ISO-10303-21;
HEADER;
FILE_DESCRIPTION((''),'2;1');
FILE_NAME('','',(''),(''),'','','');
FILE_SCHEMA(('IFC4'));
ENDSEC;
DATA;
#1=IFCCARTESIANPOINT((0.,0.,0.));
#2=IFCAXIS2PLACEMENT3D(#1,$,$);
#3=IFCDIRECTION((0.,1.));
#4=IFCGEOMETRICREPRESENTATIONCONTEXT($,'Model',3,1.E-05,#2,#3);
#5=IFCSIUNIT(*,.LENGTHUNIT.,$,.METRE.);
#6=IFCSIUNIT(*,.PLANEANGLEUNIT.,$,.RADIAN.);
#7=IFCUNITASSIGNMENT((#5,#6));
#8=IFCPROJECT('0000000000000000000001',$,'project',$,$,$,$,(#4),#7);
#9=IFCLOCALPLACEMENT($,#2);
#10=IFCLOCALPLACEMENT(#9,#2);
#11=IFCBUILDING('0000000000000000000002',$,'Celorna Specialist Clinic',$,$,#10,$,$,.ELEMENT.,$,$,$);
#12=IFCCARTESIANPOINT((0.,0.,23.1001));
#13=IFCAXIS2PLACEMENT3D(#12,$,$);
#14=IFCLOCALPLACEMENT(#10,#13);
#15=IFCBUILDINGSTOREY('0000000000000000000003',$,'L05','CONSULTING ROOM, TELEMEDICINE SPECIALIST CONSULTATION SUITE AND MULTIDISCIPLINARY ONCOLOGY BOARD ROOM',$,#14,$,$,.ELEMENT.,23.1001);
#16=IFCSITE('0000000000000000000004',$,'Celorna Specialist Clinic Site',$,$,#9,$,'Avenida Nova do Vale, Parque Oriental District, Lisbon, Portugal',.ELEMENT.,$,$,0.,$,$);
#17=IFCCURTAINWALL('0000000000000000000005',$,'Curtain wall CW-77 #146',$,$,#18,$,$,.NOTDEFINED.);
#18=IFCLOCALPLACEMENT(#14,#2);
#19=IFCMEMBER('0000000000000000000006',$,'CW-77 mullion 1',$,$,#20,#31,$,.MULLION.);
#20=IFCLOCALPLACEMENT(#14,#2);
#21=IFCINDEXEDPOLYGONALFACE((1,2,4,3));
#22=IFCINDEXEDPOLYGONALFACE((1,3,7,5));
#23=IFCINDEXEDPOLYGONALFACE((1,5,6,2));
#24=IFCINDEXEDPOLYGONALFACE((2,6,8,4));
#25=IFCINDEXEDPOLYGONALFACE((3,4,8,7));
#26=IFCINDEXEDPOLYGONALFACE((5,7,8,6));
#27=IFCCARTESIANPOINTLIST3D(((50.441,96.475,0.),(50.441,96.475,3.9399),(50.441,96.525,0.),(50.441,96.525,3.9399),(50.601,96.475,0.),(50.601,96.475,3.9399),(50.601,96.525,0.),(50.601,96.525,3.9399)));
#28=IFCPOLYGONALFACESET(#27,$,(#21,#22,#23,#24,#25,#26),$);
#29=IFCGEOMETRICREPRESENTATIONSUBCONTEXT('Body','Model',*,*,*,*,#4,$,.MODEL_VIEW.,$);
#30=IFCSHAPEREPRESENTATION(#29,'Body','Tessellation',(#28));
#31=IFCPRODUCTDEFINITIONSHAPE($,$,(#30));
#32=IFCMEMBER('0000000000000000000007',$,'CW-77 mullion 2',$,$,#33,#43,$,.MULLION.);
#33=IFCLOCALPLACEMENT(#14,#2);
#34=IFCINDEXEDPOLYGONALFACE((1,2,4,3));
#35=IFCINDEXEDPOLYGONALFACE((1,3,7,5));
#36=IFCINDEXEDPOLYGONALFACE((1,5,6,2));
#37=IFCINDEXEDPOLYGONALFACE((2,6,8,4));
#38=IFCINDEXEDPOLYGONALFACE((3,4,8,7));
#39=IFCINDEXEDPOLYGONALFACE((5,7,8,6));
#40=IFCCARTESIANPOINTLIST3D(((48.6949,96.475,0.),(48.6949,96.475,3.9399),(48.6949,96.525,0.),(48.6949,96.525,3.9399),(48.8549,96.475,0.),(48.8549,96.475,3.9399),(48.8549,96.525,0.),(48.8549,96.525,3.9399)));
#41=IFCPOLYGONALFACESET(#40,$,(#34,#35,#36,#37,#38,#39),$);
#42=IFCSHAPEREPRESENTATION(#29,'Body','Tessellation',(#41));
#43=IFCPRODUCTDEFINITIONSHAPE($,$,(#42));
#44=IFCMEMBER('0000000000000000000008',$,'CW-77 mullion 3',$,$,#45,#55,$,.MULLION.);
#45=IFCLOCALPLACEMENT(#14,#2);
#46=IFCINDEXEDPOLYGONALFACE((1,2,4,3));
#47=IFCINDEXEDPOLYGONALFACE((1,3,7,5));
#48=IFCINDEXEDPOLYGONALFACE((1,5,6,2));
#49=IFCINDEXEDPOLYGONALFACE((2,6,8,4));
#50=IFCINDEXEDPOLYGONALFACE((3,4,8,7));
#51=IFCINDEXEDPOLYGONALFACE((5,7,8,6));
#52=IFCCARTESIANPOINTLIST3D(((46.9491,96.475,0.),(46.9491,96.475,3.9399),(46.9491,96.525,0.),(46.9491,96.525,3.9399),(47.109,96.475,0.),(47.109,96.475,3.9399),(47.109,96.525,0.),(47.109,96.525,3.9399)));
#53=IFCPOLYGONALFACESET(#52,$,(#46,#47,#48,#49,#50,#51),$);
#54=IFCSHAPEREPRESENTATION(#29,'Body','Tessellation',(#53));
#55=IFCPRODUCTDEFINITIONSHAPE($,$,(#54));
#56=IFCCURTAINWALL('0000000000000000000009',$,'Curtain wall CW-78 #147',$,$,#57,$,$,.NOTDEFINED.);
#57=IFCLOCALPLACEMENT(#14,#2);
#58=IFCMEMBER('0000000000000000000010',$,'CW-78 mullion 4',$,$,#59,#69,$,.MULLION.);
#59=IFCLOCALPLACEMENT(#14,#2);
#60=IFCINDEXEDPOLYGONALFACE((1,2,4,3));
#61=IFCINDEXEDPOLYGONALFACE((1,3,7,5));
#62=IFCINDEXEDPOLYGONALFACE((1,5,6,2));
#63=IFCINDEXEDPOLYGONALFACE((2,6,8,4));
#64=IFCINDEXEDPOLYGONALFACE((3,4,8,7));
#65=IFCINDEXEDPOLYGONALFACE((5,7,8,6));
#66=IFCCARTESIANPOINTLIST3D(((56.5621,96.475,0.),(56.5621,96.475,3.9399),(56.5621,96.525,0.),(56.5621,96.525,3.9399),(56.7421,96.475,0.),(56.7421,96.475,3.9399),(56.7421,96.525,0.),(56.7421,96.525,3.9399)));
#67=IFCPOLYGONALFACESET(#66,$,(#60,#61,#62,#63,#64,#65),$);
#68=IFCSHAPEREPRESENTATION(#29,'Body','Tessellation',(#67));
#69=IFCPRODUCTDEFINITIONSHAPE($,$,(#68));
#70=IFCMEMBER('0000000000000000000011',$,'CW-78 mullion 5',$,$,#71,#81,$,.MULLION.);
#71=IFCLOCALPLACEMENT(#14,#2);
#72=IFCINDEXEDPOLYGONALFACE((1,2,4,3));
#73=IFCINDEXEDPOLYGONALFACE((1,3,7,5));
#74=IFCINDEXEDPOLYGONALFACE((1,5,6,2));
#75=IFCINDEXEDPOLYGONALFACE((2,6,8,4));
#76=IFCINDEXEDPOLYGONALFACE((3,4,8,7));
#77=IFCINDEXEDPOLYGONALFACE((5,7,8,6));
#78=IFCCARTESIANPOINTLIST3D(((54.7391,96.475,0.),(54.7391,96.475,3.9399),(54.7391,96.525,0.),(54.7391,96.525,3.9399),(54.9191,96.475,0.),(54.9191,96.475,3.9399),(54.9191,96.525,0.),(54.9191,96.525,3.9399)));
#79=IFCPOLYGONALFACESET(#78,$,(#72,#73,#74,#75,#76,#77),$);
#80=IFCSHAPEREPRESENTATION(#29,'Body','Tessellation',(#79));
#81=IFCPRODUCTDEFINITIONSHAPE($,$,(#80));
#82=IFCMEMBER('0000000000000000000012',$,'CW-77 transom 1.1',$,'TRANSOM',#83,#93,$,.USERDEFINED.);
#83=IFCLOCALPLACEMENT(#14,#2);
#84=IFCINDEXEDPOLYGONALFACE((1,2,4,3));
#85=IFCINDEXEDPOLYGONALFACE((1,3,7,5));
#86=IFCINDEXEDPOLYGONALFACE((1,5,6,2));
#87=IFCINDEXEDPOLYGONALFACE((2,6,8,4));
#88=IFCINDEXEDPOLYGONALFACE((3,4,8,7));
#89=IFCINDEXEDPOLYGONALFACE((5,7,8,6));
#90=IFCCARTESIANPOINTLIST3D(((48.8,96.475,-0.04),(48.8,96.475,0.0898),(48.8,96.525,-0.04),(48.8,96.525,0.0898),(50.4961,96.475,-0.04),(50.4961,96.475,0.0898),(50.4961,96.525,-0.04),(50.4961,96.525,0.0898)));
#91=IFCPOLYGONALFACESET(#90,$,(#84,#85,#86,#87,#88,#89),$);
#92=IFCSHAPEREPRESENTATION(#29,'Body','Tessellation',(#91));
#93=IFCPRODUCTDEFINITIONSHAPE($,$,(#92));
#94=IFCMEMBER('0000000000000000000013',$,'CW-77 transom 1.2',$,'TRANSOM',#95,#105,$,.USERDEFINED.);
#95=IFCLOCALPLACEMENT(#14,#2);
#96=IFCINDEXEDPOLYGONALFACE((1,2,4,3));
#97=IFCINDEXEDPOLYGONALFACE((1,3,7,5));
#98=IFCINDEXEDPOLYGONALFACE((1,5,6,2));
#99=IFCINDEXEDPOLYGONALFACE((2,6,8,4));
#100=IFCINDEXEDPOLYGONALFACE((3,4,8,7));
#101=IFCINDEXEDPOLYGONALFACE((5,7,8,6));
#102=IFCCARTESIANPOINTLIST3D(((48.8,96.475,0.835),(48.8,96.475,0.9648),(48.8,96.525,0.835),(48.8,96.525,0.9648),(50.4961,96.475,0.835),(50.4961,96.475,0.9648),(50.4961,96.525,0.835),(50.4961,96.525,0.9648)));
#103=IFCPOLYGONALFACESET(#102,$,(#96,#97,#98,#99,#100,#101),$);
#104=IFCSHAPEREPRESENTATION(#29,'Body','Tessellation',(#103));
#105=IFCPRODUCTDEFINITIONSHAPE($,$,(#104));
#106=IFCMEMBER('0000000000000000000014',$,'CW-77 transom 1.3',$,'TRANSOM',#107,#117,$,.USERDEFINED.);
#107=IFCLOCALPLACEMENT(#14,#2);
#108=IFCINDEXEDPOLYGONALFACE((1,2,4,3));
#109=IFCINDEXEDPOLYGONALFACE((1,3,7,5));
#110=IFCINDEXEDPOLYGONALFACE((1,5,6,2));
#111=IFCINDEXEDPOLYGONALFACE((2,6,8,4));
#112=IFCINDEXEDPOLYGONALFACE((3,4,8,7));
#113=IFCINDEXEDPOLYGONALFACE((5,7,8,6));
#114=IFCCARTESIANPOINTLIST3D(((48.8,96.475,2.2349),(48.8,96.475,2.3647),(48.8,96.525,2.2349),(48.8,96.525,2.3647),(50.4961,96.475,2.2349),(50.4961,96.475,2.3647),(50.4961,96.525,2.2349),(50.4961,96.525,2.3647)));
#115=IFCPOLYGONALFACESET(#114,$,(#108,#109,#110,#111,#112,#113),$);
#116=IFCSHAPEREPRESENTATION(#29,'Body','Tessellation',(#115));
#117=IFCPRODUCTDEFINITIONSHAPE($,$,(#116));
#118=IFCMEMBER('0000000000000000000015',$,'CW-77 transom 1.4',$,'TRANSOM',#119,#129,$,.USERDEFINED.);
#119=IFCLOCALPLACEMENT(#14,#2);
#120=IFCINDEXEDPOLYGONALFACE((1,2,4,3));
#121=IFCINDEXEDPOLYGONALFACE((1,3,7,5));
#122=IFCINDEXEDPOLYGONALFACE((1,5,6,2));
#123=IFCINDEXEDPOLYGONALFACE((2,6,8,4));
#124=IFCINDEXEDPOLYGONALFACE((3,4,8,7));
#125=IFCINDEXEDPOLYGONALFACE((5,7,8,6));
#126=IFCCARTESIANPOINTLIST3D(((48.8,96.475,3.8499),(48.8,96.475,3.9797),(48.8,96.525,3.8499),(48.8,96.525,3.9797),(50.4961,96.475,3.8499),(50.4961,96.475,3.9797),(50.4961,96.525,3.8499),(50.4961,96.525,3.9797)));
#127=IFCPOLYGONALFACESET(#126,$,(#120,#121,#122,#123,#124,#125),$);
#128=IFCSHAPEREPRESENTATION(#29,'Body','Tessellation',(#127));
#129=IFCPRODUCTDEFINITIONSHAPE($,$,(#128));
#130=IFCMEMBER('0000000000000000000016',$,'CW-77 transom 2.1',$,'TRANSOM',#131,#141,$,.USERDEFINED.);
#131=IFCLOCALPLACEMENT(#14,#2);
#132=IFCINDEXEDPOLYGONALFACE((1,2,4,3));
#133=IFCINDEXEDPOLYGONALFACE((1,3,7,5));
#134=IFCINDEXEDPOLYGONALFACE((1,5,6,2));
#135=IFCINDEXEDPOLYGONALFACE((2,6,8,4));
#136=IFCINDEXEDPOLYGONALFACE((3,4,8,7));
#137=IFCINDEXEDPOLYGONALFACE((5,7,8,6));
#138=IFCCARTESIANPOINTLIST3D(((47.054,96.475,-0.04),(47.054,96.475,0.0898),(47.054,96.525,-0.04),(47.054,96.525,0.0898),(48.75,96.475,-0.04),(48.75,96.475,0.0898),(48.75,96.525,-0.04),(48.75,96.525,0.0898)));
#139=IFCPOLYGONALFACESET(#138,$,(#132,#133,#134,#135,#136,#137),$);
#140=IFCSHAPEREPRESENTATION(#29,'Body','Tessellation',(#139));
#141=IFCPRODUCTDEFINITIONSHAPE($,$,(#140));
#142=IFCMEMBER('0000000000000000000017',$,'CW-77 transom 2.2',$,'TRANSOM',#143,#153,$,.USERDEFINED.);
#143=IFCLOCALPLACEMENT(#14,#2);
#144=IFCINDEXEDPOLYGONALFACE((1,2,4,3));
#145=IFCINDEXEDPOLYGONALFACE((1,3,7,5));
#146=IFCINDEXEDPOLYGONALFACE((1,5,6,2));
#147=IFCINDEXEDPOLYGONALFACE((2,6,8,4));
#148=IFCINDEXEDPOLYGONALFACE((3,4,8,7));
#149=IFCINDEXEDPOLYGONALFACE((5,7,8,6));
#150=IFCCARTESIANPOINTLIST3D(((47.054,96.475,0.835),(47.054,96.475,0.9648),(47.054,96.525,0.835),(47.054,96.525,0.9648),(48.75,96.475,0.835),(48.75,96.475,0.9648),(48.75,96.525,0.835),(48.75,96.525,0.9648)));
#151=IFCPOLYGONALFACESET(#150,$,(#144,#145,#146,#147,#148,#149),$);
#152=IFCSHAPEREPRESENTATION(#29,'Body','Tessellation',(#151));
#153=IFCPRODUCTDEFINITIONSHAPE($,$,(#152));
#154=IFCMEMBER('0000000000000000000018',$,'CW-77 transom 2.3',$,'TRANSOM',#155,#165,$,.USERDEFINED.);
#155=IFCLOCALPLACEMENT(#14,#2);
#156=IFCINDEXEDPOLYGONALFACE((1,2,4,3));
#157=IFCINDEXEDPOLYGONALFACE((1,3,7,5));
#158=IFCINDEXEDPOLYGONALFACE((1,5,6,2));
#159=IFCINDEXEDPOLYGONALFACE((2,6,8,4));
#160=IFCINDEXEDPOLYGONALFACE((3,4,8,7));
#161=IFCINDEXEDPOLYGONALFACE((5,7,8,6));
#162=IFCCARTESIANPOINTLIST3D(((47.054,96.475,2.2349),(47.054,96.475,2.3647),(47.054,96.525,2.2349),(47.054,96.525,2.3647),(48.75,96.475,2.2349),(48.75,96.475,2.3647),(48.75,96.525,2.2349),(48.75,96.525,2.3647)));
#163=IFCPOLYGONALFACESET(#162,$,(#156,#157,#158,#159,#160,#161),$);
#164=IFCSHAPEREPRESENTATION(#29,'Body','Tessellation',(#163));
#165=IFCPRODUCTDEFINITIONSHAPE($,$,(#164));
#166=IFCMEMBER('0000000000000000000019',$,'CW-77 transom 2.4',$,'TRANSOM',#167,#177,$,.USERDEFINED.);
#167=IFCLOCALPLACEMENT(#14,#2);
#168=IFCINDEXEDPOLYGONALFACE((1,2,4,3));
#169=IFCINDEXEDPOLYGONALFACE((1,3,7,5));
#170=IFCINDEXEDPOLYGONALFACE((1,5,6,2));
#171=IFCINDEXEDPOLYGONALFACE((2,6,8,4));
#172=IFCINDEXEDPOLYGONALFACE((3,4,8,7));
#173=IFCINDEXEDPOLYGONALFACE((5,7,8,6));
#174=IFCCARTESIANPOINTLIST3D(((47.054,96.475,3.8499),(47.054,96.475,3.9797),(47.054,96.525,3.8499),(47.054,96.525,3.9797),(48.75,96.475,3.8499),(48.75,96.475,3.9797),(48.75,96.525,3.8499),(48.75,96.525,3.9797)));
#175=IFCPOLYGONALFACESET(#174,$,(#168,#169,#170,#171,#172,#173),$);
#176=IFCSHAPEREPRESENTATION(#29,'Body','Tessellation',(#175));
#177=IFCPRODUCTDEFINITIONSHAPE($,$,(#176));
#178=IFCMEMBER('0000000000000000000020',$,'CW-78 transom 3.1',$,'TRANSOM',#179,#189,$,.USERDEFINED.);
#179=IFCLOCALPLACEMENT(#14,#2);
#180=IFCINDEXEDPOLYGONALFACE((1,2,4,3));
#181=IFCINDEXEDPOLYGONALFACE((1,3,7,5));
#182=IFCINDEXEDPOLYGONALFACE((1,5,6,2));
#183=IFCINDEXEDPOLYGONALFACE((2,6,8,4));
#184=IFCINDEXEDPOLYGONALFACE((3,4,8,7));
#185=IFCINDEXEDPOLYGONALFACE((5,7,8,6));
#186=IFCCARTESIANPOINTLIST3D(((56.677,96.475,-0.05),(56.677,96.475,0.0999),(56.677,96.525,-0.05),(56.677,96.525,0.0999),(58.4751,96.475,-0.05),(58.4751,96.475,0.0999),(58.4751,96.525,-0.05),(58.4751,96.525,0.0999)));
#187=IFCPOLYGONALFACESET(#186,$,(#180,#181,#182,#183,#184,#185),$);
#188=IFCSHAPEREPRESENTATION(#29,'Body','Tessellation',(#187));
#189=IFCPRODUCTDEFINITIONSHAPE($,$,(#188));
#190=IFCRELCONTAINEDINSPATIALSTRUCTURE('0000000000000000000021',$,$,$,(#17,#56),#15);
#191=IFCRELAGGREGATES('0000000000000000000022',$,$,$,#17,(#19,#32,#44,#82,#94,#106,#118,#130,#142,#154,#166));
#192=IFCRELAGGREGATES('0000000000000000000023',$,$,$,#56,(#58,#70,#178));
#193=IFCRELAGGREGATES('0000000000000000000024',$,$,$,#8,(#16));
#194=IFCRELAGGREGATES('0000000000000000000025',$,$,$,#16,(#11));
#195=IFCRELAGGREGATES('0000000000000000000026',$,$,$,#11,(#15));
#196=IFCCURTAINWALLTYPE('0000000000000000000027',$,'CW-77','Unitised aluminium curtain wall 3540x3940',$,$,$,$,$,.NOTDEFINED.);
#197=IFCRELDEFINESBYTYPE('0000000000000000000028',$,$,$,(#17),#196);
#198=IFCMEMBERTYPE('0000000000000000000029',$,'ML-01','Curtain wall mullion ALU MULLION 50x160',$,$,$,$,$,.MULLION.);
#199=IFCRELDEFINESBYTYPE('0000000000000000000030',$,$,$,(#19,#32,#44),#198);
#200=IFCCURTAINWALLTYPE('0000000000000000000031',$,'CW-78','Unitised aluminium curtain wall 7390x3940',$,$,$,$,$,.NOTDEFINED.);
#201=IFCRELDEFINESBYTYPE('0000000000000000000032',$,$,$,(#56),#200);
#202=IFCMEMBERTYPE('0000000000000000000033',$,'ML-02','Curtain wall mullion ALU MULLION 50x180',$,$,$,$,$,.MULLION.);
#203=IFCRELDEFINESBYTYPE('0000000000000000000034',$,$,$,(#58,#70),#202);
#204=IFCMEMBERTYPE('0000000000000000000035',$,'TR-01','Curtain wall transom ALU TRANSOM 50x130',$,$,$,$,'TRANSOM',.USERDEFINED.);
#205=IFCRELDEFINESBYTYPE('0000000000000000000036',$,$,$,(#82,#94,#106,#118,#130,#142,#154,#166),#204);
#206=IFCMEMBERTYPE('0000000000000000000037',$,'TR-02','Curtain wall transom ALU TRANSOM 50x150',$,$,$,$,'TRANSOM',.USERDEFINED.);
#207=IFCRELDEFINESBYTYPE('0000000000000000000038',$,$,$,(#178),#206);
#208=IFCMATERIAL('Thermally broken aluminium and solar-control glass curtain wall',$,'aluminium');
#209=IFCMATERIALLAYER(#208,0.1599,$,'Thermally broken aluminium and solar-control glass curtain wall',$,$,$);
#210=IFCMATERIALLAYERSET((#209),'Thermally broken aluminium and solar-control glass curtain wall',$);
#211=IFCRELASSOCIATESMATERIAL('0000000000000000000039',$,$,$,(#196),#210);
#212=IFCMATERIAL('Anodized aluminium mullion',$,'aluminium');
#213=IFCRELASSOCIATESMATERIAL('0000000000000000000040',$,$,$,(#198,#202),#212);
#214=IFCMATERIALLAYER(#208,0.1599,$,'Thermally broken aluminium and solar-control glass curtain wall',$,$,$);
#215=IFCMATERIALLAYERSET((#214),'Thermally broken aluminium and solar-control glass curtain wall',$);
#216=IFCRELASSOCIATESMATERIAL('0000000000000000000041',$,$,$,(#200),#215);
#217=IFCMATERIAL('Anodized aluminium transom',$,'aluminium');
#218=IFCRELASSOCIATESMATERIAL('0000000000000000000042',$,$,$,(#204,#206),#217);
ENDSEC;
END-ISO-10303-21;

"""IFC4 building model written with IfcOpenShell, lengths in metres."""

from ifc_helpers import new_model, si_unit, direction, frame, origin, origin_2d, place, context, subcontext, project, spatial, rectangle, extrude, material, layer, layer_set, material_profile, profile_set, type_object, element, aggregate, save


model = new_model("IFC4")

# Units and contexts
model_context = context("Model", 3, precision=1e-05, world=origin(), true_north=direction((0.0, 1.0)))
body_context = subcontext(model_context, "Body", "Model", "MODEL_VIEW")
ifc_project = project(units=[si_unit("LENGTHUNIT", "METRE"), si_unit("PLANEANGLEUNIT", "RADIAN")], contexts=[model_context])

# Site, building, storey
site_placement = place(None, origin())
site = spatial("IfcSite", under=ifc_project, at=site_placement, Name="Celorna Specialist Clinic Site", LongName="Avenida Nova do Vale, Parque Oriental District, Lisbon, Portugal", CompositionType="ELEMENT", RefElevation=0.0)
building_placement = place(site_placement, origin())
building = spatial("IfcBuilding", under=site, at=building_placement, Name="Celorna Specialist Clinic", CompositionType="ELEMENT")
storey_placement = place(building_placement, frame((0.0, 0.0, 23.1001)))
storey = spatial("IfcBuildingStorey", under=building, at=storey_placement, Name="L05", Description="CONSULTING ROOM, TELEMEDICINE SPECIALIST CONSULTATION SUITE AND MULTIDISCIPLINARY ONCOLOGY BOARD ROOM", CompositionType="ELEMENT", Elevation=23.1001)

# Curtain walls, members
ifc_material_1 = material(Name="Thermally broken aluminium and solar-control glass curtain wall", Category="aluminium")
ifc_layer_1 = layer(ifc_material_1, 0.1599, Name="Thermally broken aluminium and solar-control glass curtain wall")
ifc_layer_set_1 = layer_set([ifc_layer_1], Name="Thermally broken aluminium and solar-control glass curtain wall")
curtain_wall_type_1 = type_object("IfcCurtainWallType", Name="CW-77", Description="Unitised aluminium curtain wall 3540x3940", PredefinedType="NOTDEFINED", material=ifc_layer_set_1)
curtain_wall_1_placement = place(storey_placement, origin())
curtain_wall_1 = element("IfcCurtainWall", 1, at=curtain_wall_1_placement, inside=storey, type_object=curtain_wall_type_1, Name="Curtain wall CW-77 #146", PredefinedType="NOTDEFINED")
ifc_material_2 = material(Name="Anodized aluminium mullion", Category="aluminium")
ifc_material_profile_1 = material_profile(ifc_material_2, rectangle(XDim=0.05, YDim=0.1599, at=origin_2d()), Name="ALU MULLION 50x160")
ifc_profile_set_1 = profile_set([ifc_material_profile_1], Name="Anodized aluminium mullion")
member_type_1 = type_object("IfcMemberType", Name="ML-01", Description="Curtain wall mullion ALU MULLION 50x160", PredefinedType="MULLION", material=ifc_profile_set_1)
member_1_placement = place(storey_placement, frame((50.521, 96.5, 0.0), z_axis=(0.0, 0.0, 1.0), x_axis=(0.0, -1.0, 0.0)))
member_1 = element("IfcMember", 2, at=member_1_placement, type_object=member_type_1, Name="CW-77 mullion 1", PredefinedType="MULLION", context=body_context, shape_type="SweptSolid", body=[
    extrude(rectangle(XDim=0.05, YDim=0.1599, at=origin_2d()), origin(), (0.0, 0.0, 1.0), 3.9399),
])
member_2_placement = place(storey_placement, frame((48.7749, 96.5, 0.0), z_axis=(0.0, 0.0, 1.0), x_axis=(0.0, -1.0, 0.0)))
member_2 = element("IfcMember", 3, at=member_2_placement, type_object=member_type_1, Name="CW-77 mullion 2", PredefinedType="MULLION", context=body_context, shape_type="SweptSolid", body=[
    extrude(rectangle(XDim=0.05, YDim=0.1599, at=origin_2d()), origin(), (0.0, 0.0, 1.0), 3.9399),
])
member_3_placement = place(storey_placement, frame((47.0291, 96.5, 0.0), z_axis=(0.0, 0.0, 1.0), x_axis=(0.0, -1.0, 0.0)))
member_3 = element("IfcMember", 4, at=member_3_placement, type_object=member_type_1, Name="CW-77 mullion 3", PredefinedType="MULLION", context=body_context, shape_type="SweptSolid", body=[
    extrude(rectangle(XDim=0.05, YDim=0.1599, at=origin_2d()), origin(), (0.0, 0.0, 1.0), 3.9399),
])
ifc_layer_2 = layer(ifc_material_1, 0.1599, Name="Thermally broken aluminium and solar-control glass curtain wall")
ifc_layer_set_2 = layer_set([ifc_layer_2], Name="Thermally broken aluminium and solar-control glass curtain wall")
curtain_wall_type_2 = type_object("IfcCurtainWallType", Name="CW-78", Description="Unitised aluminium curtain wall 7390x3940", PredefinedType="NOTDEFINED", material=ifc_layer_set_2)
curtain_wall_2_placement = place(storey_placement, origin())
curtain_wall_2 = element("IfcCurtainWall", 5, at=curtain_wall_2_placement, inside=storey, type_object=curtain_wall_type_2, Name="Curtain wall CW-78 #147", PredefinedType="NOTDEFINED")
ifc_material_profile_2 = material_profile(ifc_material_2, rectangle(XDim=0.05, YDim=0.1799, at=origin_2d()), Name="ALU MULLION 50x180")
ifc_profile_set_2 = profile_set([ifc_material_profile_2], Name="Anodized aluminium mullion")
member_type_2 = type_object("IfcMemberType", Name="ML-02", Description="Curtain wall mullion ALU MULLION 50x180", PredefinedType="MULLION", material=ifc_profile_set_2)
member_4_placement = place(storey_placement, frame((56.6521, 96.5, 0.0), z_axis=(0.0, 0.0, 1.0), x_axis=(0.0, -1.0, 0.0)))
member_4 = element("IfcMember", 6, at=member_4_placement, type_object=member_type_2, Name="CW-78 mullion 4", PredefinedType="MULLION", context=body_context, shape_type="SweptSolid", body=[
    extrude(rectangle(XDim=0.05, YDim=0.1799, at=origin_2d()), origin(), (0.0, 0.0, 1.0), 3.9399),
])
member_5_placement = place(storey_placement, frame((54.8291, 96.5, 0.0), z_axis=(0.0, 0.0, 1.0), x_axis=(0.0, -1.0, 0.0)))
member_5 = element("IfcMember", 7, at=member_5_placement, type_object=member_type_2, Name="CW-78 mullion 5", PredefinedType="MULLION", context=body_context, shape_type="SweptSolid", body=[
    extrude(rectangle(XDim=0.05, YDim=0.1799, at=origin_2d()), origin(), (0.0, 0.0, 1.0), 3.9399),
])

# Members
ifc_material_3 = material(Name="Anodized aluminium transom", Category="aluminium")
ifc_material_profile_3 = material_profile(ifc_material_3, rectangle(XDim=0.05, YDim=0.1299, at=origin_2d()), Name="ALU TRANSOM 50x130")
ifc_profile_set_3 = profile_set([ifc_material_profile_3], Name="Anodized aluminium transom")
member_type_3 = type_object("IfcMemberType", Name="TR-01", Description="Curtain wall transom ALU TRANSOM 50x130", ElementType="TRANSOM", PredefinedType="USERDEFINED", material=ifc_profile_set_3)
member_6_placement = place(storey_placement, frame((50.4961, 96.5, 0.0249), z_axis=(-1.0, 0.0, 0.0), x_axis=(0.0, -1.0, 0.0)))
member_6 = element("IfcMember", 8, at=member_6_placement, type_object=member_type_3, Name="CW-77 transom 1.1", ObjectType="TRANSOM", PredefinedType="USERDEFINED", context=body_context, shape_type="SweptSolid", body=[
    extrude(rectangle(XDim=0.05, YDim=0.1299, at=origin_2d()), origin(), (0.0, 0.0, 1.0), 1.696),
])
member_7_placement = place(storey_placement, frame((50.4961, 96.5, 0.8999), z_axis=(-1.0, 0.0, 0.0), x_axis=(0.0, -1.0, 0.0)))
member_7 = element("IfcMember", 9, at=member_7_placement, type_object=member_type_3, Name="CW-77 transom 1.2", ObjectType="TRANSOM", PredefinedType="USERDEFINED", context=body_context, shape_type="SweptSolid", body=[
    extrude(rectangle(XDim=0.05, YDim=0.1299, at=origin_2d()), origin(), (0.0, 0.0, 1.0), 1.696),
])
member_8_placement = place(storey_placement, frame((50.4961, 96.5, 2.2998), z_axis=(-1.0, 0.0, 0.0), x_axis=(0.0, -1.0, 0.0)))
member_8 = element("IfcMember", 10, at=member_8_placement, type_object=member_type_3, Name="CW-77 transom 1.3", ObjectType="TRANSOM", PredefinedType="USERDEFINED", context=body_context, shape_type="SweptSolid", body=[
    extrude(rectangle(XDim=0.05, YDim=0.1299, at=origin_2d()), origin(), (0.0, 0.0, 1.0), 1.696),
])
member_9_placement = place(storey_placement, frame((50.4961, 96.5, 3.9148), z_axis=(-1.0, 0.0, 0.0), x_axis=(0.0, -1.0, 0.0)))
member_9 = element("IfcMember", 11, at=member_9_placement, type_object=member_type_3, Name="CW-77 transom 1.4", ObjectType="TRANSOM", PredefinedType="USERDEFINED", context=body_context, shape_type="SweptSolid", body=[
    extrude(rectangle(XDim=0.05, YDim=0.1299, at=origin_2d()), origin(), (0.0, 0.0, 1.0), 1.696),
])
member_10_placement = place(storey_placement, frame((48.75, 96.5, 0.0249), z_axis=(-1.0, 0.0, 0.0), x_axis=(0.0, -1.0, 0.0)))
member_10 = element("IfcMember", 12, at=member_10_placement, type_object=member_type_3, Name="CW-77 transom 2.1", ObjectType="TRANSOM", PredefinedType="USERDEFINED", context=body_context, shape_type="SweptSolid", body=[
    extrude(rectangle(XDim=0.05, YDim=0.1299, at=origin_2d()), origin(), (0.0, 0.0, 1.0), 1.696),
])
member_11_placement = place(storey_placement, frame((48.75, 96.5, 0.8999), z_axis=(-1.0, 0.0, 0.0), x_axis=(0.0, -1.0, 0.0)))
member_11 = element("IfcMember", 13, at=member_11_placement, type_object=member_type_3, Name="CW-77 transom 2.2", ObjectType="TRANSOM", PredefinedType="USERDEFINED", context=body_context, shape_type="SweptSolid", body=[
    extrude(rectangle(XDim=0.05, YDim=0.1299, at=origin_2d()), origin(), (0.0, 0.0, 1.0), 1.696),
])
member_12_placement = place(storey_placement, frame((48.75, 96.5, 2.2998), z_axis=(-1.0, 0.0, 0.0), x_axis=(0.0, -1.0, 0.0)))
member_12 = element("IfcMember", 14, at=member_12_placement, type_object=member_type_3, Name="CW-77 transom 2.3", ObjectType="TRANSOM", PredefinedType="USERDEFINED", context=body_context, shape_type="SweptSolid", body=[
    extrude(rectangle(XDim=0.05, YDim=0.1299, at=origin_2d()), origin(), (0.0, 0.0, 1.0), 1.696),
])
member_13_placement = place(storey_placement, frame((48.75, 96.5, 3.9148), z_axis=(-1.0, 0.0, 0.0), x_axis=(0.0, -1.0, 0.0)))
member_13 = element("IfcMember", 15, at=member_13_placement, type_object=member_type_3, Name="CW-77 transom 2.4", ObjectType="TRANSOM", PredefinedType="USERDEFINED", context=body_context, shape_type="SweptSolid", body=[
    extrude(rectangle(XDim=0.05, YDim=0.1299, at=origin_2d()), origin(), (0.0, 0.0, 1.0), 1.696),
])
ifc_material_profile_4 = material_profile(ifc_material_3, rectangle(XDim=0.05, YDim=0.1499, at=origin_2d()), Name="ALU TRANSOM 50x150")
ifc_profile_set_4 = profile_set([ifc_material_profile_4], Name="Anodized aluminium transom")
member_type_4 = type_object("IfcMemberType", Name="TR-02", Description="Curtain wall transom ALU TRANSOM 50x150", ElementType="TRANSOM", PredefinedType="USERDEFINED", material=ifc_profile_set_4)
member_14_placement = place(storey_placement, frame((58.4751, 96.5, 0.0249), z_axis=(-1.0, 0.0, 0.0), x_axis=(0.0, -1.0, 0.0)))
member_14 = element("IfcMember", 16, at=member_14_placement, type_object=member_type_4, Name="CW-78 transom 3.1", ObjectType="TRANSOM", PredefinedType="USERDEFINED", context=body_context, shape_type="SweptSolid", body=[
    extrude(rectangle(XDim=0.05, YDim=0.1499, at=origin_2d()), origin(), (0.0, 0.0, 1.0), 1.7981),
])

aggregate(curtain_wall_1, [member_1, member_2, member_3, member_6, member_7, member_8, member_9, member_10, member_11, member_12, member_13])
aggregate(curtain_wall_2, [member_4, member_5, member_14])

save(model, "model.ifc")
